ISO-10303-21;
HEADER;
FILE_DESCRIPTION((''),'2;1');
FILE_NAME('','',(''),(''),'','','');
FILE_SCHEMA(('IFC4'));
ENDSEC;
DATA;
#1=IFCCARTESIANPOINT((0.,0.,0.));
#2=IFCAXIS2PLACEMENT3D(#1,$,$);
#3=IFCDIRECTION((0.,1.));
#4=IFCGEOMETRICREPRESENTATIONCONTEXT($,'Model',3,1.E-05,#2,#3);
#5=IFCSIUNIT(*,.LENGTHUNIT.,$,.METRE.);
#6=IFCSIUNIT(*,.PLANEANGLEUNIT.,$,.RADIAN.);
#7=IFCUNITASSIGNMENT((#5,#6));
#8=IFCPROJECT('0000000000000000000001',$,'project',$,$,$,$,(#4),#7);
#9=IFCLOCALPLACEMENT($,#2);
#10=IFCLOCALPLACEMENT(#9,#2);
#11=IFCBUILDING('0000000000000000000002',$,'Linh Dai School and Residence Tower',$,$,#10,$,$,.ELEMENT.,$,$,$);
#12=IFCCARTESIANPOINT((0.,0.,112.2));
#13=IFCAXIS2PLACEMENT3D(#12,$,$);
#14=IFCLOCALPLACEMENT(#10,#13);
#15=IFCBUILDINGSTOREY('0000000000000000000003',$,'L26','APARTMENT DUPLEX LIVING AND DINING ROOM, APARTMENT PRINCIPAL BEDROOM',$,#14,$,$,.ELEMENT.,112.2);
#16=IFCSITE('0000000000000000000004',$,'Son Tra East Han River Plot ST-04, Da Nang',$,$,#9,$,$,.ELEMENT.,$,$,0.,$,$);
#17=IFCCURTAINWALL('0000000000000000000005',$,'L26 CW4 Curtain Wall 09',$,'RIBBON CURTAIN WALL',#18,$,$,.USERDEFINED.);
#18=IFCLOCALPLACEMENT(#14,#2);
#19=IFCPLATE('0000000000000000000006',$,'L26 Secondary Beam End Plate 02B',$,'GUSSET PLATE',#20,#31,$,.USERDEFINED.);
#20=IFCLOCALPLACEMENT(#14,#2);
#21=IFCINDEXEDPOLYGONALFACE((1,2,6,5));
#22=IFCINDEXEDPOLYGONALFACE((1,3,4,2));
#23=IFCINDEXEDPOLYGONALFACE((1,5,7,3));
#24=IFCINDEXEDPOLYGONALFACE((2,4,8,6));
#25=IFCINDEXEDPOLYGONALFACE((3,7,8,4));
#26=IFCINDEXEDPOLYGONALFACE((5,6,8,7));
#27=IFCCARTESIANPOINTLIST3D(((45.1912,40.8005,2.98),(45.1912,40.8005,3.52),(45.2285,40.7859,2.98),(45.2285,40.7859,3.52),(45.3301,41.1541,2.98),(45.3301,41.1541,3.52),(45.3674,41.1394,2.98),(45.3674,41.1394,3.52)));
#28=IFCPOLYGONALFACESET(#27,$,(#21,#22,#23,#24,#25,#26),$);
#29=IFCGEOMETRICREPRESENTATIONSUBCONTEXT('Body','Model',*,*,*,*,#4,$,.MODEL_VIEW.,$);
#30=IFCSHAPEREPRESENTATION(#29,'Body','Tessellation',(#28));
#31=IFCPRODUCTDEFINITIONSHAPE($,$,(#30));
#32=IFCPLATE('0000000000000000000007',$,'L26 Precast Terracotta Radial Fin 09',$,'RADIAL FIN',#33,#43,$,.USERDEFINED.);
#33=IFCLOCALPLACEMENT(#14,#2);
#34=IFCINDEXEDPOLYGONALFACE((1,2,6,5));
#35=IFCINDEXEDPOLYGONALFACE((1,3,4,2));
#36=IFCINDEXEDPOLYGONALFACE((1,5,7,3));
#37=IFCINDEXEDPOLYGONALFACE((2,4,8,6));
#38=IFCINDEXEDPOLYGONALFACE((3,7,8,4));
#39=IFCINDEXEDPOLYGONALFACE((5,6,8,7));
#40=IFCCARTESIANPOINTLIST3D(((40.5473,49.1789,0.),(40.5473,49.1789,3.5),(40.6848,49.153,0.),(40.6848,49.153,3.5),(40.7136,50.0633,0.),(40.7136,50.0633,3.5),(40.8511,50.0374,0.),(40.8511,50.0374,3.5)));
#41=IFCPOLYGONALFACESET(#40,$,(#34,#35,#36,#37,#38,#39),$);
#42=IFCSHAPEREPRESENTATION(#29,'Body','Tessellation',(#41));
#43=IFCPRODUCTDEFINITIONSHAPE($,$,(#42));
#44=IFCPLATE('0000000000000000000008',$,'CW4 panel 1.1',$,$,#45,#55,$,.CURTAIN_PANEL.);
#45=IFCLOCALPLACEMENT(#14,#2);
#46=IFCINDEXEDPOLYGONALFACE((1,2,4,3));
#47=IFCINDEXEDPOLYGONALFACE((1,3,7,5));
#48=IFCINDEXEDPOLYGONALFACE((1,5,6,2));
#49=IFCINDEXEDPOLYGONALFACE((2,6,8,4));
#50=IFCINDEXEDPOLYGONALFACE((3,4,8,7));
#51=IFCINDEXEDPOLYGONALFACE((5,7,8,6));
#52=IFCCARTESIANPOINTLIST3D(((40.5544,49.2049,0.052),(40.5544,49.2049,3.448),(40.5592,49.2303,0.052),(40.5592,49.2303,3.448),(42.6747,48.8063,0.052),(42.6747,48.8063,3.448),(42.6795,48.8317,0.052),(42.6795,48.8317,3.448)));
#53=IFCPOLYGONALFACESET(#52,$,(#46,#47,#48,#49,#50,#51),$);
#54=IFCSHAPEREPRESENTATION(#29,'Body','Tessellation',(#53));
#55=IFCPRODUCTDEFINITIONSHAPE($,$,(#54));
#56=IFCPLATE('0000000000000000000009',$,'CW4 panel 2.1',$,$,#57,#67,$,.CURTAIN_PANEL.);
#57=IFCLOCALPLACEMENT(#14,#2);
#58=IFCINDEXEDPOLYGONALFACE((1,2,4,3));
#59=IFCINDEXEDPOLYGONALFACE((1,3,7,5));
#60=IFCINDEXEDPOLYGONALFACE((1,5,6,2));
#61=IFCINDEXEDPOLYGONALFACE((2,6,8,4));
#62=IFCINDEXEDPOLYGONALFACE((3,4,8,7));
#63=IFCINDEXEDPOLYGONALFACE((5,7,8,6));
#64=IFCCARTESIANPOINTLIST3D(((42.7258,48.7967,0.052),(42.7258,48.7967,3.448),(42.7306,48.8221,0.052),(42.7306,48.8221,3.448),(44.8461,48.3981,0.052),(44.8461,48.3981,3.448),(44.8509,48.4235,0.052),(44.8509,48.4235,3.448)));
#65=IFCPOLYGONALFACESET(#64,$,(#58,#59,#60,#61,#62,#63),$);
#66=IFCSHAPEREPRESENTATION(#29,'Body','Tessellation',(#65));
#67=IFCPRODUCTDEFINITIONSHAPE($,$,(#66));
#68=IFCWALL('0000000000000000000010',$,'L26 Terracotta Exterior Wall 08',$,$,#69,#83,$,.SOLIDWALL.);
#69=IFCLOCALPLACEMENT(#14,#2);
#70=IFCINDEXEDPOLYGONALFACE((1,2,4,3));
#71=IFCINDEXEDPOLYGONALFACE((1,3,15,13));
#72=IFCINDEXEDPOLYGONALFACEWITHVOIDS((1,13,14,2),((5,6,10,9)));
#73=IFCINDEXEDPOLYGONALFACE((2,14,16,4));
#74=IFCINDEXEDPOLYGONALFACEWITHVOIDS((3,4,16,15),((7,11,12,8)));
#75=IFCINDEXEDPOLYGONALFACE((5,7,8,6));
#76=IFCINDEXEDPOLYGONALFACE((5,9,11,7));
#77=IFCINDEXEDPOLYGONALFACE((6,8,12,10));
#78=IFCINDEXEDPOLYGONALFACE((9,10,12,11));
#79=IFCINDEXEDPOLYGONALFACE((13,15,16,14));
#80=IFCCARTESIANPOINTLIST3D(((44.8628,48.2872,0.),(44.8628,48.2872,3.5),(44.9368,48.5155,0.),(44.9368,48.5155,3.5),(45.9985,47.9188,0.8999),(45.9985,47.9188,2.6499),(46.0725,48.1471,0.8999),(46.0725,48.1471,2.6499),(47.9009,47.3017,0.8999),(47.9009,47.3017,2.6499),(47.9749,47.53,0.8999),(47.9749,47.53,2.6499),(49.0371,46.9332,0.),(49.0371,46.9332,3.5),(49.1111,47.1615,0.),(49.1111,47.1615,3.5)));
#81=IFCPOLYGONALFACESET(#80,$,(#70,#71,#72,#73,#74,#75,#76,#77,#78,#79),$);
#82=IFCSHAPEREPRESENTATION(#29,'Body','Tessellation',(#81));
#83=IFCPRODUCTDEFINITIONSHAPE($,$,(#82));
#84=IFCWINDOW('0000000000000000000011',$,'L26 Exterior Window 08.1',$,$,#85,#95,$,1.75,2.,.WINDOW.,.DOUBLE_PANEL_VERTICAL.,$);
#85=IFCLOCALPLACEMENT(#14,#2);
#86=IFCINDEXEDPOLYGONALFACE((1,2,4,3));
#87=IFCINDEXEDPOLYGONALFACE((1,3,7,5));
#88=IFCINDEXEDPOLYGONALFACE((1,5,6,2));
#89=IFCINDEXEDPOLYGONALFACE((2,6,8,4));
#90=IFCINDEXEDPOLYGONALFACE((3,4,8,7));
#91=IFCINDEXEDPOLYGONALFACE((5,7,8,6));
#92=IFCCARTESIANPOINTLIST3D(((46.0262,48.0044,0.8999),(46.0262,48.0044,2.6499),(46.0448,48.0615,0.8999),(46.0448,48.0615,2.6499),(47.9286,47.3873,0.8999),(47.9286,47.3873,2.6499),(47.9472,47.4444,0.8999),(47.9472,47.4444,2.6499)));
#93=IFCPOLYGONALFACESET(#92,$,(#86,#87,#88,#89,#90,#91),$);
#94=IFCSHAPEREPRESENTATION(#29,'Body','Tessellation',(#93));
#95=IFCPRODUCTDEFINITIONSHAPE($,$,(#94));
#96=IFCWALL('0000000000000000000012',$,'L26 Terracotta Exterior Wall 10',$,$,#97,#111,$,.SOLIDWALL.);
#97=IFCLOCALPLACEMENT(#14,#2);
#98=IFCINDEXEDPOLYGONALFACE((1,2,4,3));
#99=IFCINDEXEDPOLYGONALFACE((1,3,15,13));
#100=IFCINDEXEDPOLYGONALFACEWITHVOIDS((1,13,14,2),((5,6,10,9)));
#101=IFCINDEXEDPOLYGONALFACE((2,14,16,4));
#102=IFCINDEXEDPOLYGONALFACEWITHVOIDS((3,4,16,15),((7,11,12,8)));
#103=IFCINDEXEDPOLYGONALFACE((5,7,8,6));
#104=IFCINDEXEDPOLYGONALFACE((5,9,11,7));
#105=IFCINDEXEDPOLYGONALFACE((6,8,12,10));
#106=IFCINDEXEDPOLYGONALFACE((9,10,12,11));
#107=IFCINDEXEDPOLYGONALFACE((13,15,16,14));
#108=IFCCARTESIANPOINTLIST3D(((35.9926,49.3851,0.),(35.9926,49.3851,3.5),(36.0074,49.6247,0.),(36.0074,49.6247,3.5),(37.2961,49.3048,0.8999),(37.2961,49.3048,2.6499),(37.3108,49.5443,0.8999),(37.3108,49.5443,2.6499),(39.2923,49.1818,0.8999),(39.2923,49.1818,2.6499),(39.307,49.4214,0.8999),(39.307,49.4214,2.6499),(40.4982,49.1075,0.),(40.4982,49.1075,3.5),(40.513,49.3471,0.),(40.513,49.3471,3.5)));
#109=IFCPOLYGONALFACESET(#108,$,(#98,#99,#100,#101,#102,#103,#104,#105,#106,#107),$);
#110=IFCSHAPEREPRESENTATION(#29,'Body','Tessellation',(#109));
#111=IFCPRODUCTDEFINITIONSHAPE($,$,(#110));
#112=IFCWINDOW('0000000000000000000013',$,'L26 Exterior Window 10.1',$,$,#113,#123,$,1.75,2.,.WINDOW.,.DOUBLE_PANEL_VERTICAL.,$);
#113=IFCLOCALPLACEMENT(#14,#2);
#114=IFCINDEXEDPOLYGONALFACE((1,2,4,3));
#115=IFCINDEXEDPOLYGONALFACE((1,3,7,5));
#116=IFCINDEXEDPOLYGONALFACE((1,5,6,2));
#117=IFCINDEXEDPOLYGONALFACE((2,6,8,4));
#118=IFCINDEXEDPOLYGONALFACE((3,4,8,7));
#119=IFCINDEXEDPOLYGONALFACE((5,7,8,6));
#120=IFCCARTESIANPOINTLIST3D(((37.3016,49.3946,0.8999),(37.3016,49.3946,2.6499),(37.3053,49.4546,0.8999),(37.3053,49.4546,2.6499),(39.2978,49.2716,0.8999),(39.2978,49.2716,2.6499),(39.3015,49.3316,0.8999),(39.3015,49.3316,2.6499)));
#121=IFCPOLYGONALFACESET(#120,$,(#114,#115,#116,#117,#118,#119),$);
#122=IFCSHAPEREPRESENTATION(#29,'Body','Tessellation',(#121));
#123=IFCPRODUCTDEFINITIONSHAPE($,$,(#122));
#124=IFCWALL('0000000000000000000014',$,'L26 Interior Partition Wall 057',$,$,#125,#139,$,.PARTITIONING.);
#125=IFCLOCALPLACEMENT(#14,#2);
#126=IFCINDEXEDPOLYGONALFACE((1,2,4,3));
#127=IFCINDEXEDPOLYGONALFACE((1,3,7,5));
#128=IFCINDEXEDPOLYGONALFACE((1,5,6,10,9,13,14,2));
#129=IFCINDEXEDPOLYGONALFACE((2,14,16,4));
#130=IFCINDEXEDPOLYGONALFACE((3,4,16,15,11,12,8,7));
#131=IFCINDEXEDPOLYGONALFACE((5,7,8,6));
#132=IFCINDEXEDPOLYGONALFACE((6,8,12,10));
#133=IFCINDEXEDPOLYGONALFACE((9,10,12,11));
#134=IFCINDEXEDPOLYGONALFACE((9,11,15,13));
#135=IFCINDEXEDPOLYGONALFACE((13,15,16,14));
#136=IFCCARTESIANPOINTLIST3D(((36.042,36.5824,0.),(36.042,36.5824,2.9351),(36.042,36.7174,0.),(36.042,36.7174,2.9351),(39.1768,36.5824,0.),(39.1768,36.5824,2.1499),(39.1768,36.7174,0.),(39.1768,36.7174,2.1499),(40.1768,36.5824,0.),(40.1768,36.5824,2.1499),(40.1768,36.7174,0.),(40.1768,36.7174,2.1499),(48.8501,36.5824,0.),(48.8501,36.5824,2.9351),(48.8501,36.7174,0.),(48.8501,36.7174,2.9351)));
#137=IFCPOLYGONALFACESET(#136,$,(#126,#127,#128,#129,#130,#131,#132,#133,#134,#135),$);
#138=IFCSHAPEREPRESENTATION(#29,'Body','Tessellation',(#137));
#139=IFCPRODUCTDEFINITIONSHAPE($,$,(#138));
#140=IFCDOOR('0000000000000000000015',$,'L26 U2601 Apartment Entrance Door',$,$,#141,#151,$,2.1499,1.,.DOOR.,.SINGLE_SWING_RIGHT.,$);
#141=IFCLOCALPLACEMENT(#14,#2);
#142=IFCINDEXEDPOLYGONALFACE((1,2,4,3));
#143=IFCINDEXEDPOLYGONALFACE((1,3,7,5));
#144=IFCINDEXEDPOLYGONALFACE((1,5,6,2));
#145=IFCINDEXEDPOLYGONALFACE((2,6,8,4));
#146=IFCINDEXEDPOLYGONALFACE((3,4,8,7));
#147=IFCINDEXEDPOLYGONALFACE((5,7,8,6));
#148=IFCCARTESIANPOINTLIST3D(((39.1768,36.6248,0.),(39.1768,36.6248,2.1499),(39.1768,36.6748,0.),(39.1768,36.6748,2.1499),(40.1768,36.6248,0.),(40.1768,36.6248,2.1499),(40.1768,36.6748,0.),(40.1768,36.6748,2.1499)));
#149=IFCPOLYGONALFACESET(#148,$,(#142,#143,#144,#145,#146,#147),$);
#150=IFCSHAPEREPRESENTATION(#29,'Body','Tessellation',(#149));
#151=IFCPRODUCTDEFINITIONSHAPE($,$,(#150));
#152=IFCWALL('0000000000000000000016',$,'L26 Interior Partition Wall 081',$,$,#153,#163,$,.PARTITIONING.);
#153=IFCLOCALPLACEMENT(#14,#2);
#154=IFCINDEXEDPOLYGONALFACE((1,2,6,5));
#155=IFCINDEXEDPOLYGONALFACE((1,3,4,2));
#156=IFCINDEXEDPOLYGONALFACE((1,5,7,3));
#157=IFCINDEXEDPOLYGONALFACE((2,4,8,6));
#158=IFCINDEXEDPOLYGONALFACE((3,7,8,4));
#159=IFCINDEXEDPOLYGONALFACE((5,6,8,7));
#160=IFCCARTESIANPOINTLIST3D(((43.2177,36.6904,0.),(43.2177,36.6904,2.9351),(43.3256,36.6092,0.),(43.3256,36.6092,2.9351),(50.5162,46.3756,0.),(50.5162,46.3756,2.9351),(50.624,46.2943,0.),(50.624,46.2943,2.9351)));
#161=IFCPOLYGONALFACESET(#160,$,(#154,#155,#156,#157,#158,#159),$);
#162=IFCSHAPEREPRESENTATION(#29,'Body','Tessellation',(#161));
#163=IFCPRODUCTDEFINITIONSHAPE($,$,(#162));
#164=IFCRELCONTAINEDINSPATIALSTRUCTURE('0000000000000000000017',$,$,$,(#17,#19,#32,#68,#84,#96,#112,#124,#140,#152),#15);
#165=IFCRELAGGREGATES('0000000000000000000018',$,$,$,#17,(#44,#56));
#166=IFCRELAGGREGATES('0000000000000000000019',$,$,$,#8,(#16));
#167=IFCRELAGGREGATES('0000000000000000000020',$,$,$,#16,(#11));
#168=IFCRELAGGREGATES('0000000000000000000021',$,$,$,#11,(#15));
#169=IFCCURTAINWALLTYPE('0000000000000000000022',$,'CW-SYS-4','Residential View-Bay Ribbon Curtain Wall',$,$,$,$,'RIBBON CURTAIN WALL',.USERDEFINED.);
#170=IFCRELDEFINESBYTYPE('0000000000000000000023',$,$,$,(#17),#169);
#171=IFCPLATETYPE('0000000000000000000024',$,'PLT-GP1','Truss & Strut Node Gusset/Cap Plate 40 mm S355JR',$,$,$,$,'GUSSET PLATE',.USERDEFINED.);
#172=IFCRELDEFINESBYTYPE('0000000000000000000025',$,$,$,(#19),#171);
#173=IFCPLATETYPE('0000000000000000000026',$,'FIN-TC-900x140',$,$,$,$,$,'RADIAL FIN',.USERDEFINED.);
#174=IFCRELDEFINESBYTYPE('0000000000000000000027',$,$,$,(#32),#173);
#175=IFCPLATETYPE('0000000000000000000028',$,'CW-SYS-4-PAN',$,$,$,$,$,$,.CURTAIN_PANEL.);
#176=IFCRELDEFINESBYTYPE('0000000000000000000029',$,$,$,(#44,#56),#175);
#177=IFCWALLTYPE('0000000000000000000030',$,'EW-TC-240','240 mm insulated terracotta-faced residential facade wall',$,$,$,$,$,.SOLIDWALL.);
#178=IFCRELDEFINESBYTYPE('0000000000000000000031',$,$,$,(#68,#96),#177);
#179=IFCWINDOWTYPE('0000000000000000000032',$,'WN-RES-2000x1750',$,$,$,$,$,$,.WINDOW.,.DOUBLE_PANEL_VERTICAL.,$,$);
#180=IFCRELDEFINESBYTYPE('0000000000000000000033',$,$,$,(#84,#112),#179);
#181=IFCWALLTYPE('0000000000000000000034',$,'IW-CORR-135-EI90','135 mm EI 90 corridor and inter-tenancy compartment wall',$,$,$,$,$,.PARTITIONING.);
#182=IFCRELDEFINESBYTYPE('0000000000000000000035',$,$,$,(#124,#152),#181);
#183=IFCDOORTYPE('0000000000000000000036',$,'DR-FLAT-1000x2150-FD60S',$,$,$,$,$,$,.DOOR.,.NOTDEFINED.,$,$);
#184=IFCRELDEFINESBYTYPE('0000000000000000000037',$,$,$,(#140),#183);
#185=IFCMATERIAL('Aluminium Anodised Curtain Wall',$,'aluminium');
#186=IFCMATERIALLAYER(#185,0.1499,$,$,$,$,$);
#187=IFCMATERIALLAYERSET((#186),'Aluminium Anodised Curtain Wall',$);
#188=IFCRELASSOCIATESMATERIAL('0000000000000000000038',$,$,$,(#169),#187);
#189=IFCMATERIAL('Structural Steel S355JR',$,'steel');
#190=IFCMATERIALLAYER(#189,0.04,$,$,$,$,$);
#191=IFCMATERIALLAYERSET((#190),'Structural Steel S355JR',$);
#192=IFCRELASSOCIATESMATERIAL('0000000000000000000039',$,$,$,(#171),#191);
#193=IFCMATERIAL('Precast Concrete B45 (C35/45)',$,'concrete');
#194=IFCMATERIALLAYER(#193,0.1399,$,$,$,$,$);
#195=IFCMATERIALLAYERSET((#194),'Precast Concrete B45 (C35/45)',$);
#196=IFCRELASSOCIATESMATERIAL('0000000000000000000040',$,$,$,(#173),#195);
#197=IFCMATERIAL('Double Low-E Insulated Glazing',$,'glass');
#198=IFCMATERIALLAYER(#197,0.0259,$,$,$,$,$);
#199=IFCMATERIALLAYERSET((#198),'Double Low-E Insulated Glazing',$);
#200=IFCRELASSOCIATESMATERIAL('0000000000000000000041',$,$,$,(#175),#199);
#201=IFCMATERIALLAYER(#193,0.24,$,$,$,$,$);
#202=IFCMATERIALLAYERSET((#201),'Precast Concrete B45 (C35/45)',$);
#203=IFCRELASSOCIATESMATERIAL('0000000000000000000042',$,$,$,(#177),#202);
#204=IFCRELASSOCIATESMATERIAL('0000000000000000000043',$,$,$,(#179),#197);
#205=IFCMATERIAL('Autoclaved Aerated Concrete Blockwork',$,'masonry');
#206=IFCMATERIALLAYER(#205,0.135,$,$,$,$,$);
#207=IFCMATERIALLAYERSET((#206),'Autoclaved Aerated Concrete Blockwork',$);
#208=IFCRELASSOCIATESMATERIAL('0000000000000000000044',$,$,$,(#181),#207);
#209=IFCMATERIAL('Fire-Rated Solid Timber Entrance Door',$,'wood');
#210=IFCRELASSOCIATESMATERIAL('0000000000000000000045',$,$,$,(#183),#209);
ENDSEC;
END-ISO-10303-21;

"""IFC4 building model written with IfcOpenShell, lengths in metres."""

from ifc_helpers import new_model, si_unit, direction, frame, frame_2d, origin, origin_2d, place, context, subcontext, project, spatial, rectangle, extrude, source, transform, mapped, material, layer, layer_set, type_object, element, fill, aggregate, save


model = new_model("IFC4")

# Units and contexts
model_context = context("Model", 3, precision=1e-05, world=origin(), true_north=direction((0.0, 1.0)))
body_context = subcontext(model_context, "Body", "Model", "MODEL_VIEW")
ifc_project = project(units=[si_unit("LENGTHUNIT", "METRE"), si_unit("PLANEANGLEUNIT", "RADIAN")], contexts=[model_context])

# Site, building, storey
site_placement = place(None, origin())
site = spatial("IfcSite", under=ifc_project, at=site_placement, Name="Son Tra East Han River Plot ST-04, Da Nang", CompositionType="ELEMENT", RefElevation=0.0)
building_placement = place(site_placement, origin())
building = spatial("IfcBuilding", under=site, at=building_placement, Name="Linh Dai School and Residence Tower", CompositionType="ELEMENT")
storey_placement = place(building_placement, frame((0.0, 0.0, 112.2)))
storey = spatial("IfcBuildingStorey", under=building, at=storey_placement, Name="L26", Description="APARTMENT DUPLEX LIVING AND DINING ROOM, APARTMENT PRINCIPAL BEDROOM", CompositionType="ELEMENT", Elevation=112.2)

# Shared definitions
ifc_material_1 = material(Name="Structural Steel S355JR", Category="steel")

# Curtain wall
ifc_material_2 = material(Name="Aluminium Anodised Curtain Wall", Category="aluminium")
ifc_layer_1 = layer(ifc_material_2, 0.1499)
ifc_layer_set_1 = layer_set([ifc_layer_1], Name="Aluminium Anodised Curtain Wall")
curtain_wall_type = type_object("IfcCurtainWallType", Name="CW-SYS-4", Description="Residential View-Bay Ribbon Curtain Wall", ElementType="RIBBON CURTAIN WALL", PredefinedType="USERDEFINED", material=ifc_layer_set_1)
curtain_wall_placement = place(storey_placement, origin())
curtain_wall = element("IfcCurtainWall", 1, at=curtain_wall_placement, inside=storey, type_object=curtain_wall_type, Name="L26 CW4 Curtain Wall 09", ObjectType="RIBBON CURTAIN WALL", PredefinedType="USERDEFINED")

# Plates
ifc_layer_2 = layer(ifc_material_1, 0.04)
ifc_layer_set_2 = layer_set([ifc_layer_2], Name="Structural Steel S355JR")
plate_type_1 = type_object("IfcPlateType", Name="PLT-GP1", Description="Truss & Strut Node Gusset/Cap Plate 40 mm S355JR", ElementType="GUSSET PLATE", PredefinedType="USERDEFINED", material=ifc_layer_set_2)
shared_shape_1 = source(origin(), body_context, "Body", "SweptSolid", [
    extrude(rectangle(XDim=0.04, YDim=0.3799, at=origin_2d()), origin(), (0.0, 0.0, 1.0), 0.54),
])
plate_1_placement = place(storey_placement, frame((45.2793, 40.97, 2.98), z_axis=(0.0, 0.0, 1.0), x_axis=(-0.930752, 0.36565, 0.0)))
element("IfcPlate", 2, at=plate_1_placement, inside=storey, type_object=plate_type_1, Name="L26 Secondary Beam End Plate 02B", ObjectType="GUSSET PLATE", PredefinedType="USERDEFINED", context=body_context, shape_type="MappedRepresentation", body=[
    mapped(shared_shape_1, transform((0.0, 0.0, 0.0), x_axis=(1.0, 0.0, 0.0), y_axis=(0.0, 1.0, 0.0), z_axis=(0.0, 0.0, 1.0), scale=1.0)),
])
ifc_material_3 = material(Name="Precast Concrete B45 (C35/45)", Category="concrete")
ifc_layer_3 = layer(ifc_material_3, 0.1399)
ifc_layer_set_3 = layer_set([ifc_layer_3], Name="Precast Concrete B45 (C35/45)")
plate_type_2 = type_object("IfcPlateType", Name="FIN-TC-900x140", ElementType="RADIAL FIN", PredefinedType="USERDEFINED", material=ifc_layer_set_3)
shared_shape_2 = source(origin(), body_context, "Body", "SweptSolid", [
    extrude(rectangle(XDim=0.8999, YDim=0.1399, at=origin_2d()), origin(), (0.0, 0.0, 1.0), 3.5),
])
plate_2_placement = place(storey_placement, frame((40.6992, 49.6082, 0.0), z_axis=(0.0, 0.0, 1.0), x_axis=(0.184755, 0.982785, 0.0)))
element("IfcPlate", 3, at=plate_2_placement, inside=storey, type_object=plate_type_2, Name="L26 Precast Terracotta Radial Fin 09", ObjectType="RADIAL FIN", PredefinedType="USERDEFINED", context=body_context, shape_type="MappedRepresentation", body=[
    mapped(shared_shape_2, transform((0.0, 0.0, 0.0), x_axis=(1.0, 0.0, 0.0), y_axis=(0.0, 1.0, 0.0), z_axis=(0.0, 0.0, 1.0), scale=1.0)),
])

# Plates
ifc_material_4 = material(Name="Double Low-E Insulated Glazing", Category="glass")
ifc_layer_4 = layer(ifc_material_4, 0.0259)
ifc_layer_set_4 = layer_set([ifc_layer_4], Name="Double Low-E Insulated Glazing")
plate_type_3 = type_object("IfcPlateType", Name="CW-SYS-4-PAN", PredefinedType="CURTAIN_PANEL", material=ifc_layer_set_4)
shared_shape_3 = source(origin(), body_context, "Body", "SweptSolid", [
    extrude(rectangle(XDim=2.1575, YDim=0.0259, at=origin_2d()), origin(), (0.0, 0.0, 1.0), 3.396),
])
plate_3_placement = place(storey_placement, frame((41.6169, 49.0183, 0.052), z_axis=(0.0, 0.0, 1.0), x_axis=(0.982785, -0.184755, 0.0)))
plate_3 = element("IfcPlate", 4, at=plate_3_placement, type_object=plate_type_3, Name="CW4 panel 1.1", PredefinedType="CURTAIN_PANEL", context=body_context, shape_type="MappedRepresentation", body=[
    mapped(shared_shape_3, transform((0.0, 0.0, 0.0), x_axis=(1.0, 0.0, 0.0), y_axis=(0.0, 1.0, 0.0), z_axis=(0.0, 0.0, 1.0), scale=1.0)),
])
plate_4_placement = place(storey_placement, frame((43.7883, 48.6101, 0.052), z_axis=(0.0, 0.0, 1.0), x_axis=(0.982785, -0.184755, 0.0)))
plate_4 = element("IfcPlate", 5, at=plate_4_placement, type_object=plate_type_3, Name="CW4 panel 2.1", PredefinedType="CURTAIN_PANEL", context=body_context, shape_type="MappedRepresentation", body=[
    mapped(shared_shape_3, transform((0.0, 0.0, 0.0), x_axis=(1.0, 0.0, 0.0), y_axis=(0.0, 1.0, 0.0), z_axis=(0.0, 0.0, 1.0), scale=1.0)),
])
aggregate(curtain_wall, [plate_3, plate_4])

# Walls, openings, windows
ifc_layer_5 = layer(ifc_material_3, 0.24)
ifc_layer_set_5 = layer_set([ifc_layer_5], Name="Precast Concrete B45 (C35/45)")
wall_type_1 = type_object("IfcWallType", Name="EW-TC-240", Description="240 mm insulated terracotta-faced residential facade wall", PredefinedType="SOLIDWALL", material=ifc_layer_set_5)
wall_1_placement = place(storey_placement, frame((44.8997, 48.4014, 0.0), z_axis=(0.0, 0.0, 1.0), x_axis=(0.951211, -0.30854, 0.0)))
wall_1 = element("IfcWall", 6, at=wall_1_placement, inside=storey, type_object=wall_type_1, Name="L26 Terracotta Exterior Wall 08", PredefinedType="SOLIDWALL", context=body_context, shape_type="SweptSolid", body=[
    extrude(rectangle(XDim=4.3884, YDim=0.24, at=frame_2d((2.1943, 0.0))), origin(), (0.0, 0.0, 1.0), 3.5),
])
opening_1_placement = place(wall_1_placement, frame((1.1941, 0.0, 0.8999)))
opening_1 = element("IfcOpeningElement", 7, at=opening_1_placement, cuts=wall_1, PredefinedType="OPENING", context=body_context, shape_type="SweptSolid", body=[
    extrude(rectangle(XDim=2.0, YDim=1.75, at=origin_2d()), frame((1.0, 0.1299, 0.875), z_axis=(0.0, -1.0, 0.0), x_axis=(1.0, 0.0, 0.0)), (0.0, 0.0, 1.0), 0.26),
])
window_type = type_object("IfcWindowType", Name="WN-RES-2000x1750", PartitioningType="DOUBLE_PANEL_VERTICAL", PredefinedType="WINDOW", material=ifc_material_4)
shared_shape_4 = source(origin(), body_context, "Body", "SweptSolid", [
    extrude(rectangle(XDim=2.0, YDim=1.75, at=origin_2d()), frame((1.0, 0.03, 0.875), z_axis=(0.0, -1.0, 0.0), x_axis=(1.0, 0.0, 0.0)), (0.0, 0.0, 1.0), 0.0601),
])
window_1_placement = place(opening_1_placement, origin())
window_1 = element("IfcWindow", 8, at=window_1_placement, inside=storey, type_object=window_type, Name="L26 Exterior Window 08.1", OverallHeight=1.75, OverallWidth=2.0, PartitioningType="DOUBLE_PANEL_VERTICAL", PredefinedType="WINDOW", context=body_context, shape_type="MappedRepresentation", body=[
    mapped(shared_shape_4, transform((0.0, 0.0, 0.0), x_axis=(1.0, 0.0, 0.0), y_axis=(0.0, 1.0, 0.0), z_axis=(0.0, 0.0, 1.0), scale=1.0)),
])
fill(opening_1, window_1)
wall_2_placement = place(storey_placement, frame((36.0, 49.5049, 0.0), z_axis=(0.0, 0.0, 1.0), x_axis=(0.998108, -0.061493, 0.0)))
wall_2 = element("IfcWall", 9, at=wall_2_placement, inside=storey, type_object=wall_type_1, Name="L26 Terracotta Exterior Wall 10", PredefinedType="SOLIDWALL", context=body_context, shape_type="SweptSolid", body=[
    extrude(rectangle(XDim=4.5142, YDim=0.24, at=frame_2d((2.2571, 0.0))), origin(), (0.0, 0.0, 1.0), 3.5),
])
opening_2_placement = place(wall_2_placement, frame((1.3059, 0.0, 0.8999)))
opening_2 = element("IfcOpeningElement", 10, at=opening_2_placement, cuts=wall_2, PredefinedType="OPENING", context=body_context, shape_type="SweptSolid", body=[
    extrude(rectangle(XDim=2.0, YDim=1.75, at=origin_2d()), frame((1.0, 0.1299, 0.875), z_axis=(0.0, -1.0, 0.0), x_axis=(1.0, 0.0, 0.0)), (0.0, 0.0, 1.0), 0.26),
])
window_2_placement = place(opening_2_placement, origin())
window_2 = element("IfcWindow", 11, at=window_2_placement, inside=storey, type_object=window_type, Name="L26 Exterior Window 10.1", OverallHeight=1.75, OverallWidth=2.0, PartitioningType="DOUBLE_PANEL_VERTICAL", PredefinedType="WINDOW", context=body_context, shape_type="MappedRepresentation", body=[
    mapped(shared_shape_4, transform((0.0, 0.0, 0.0), x_axis=(1.0, 0.0, 0.0), y_axis=(0.0, 1.0, 0.0), z_axis=(0.0, 0.0, 1.0), scale=1.0)),
])
fill(opening_2, window_2)

# Wall, opening, door
ifc_material_5 = material(Name="Autoclaved Aerated Concrete Blockwork", Category="masonry")
ifc_layer_6 = layer(ifc_material_5, 0.135)
ifc_layer_set_6 = layer_set([ifc_layer_6], Name="Autoclaved Aerated Concrete Blockwork")
wall_type_2 = type_object("IfcWallType", Name="IW-CORR-135-EI90", Description="135 mm EI 90 corridor and inter-tenancy compartment wall", PredefinedType="PARTITIONING", material=ifc_layer_set_6)
wall_3_placement = place(storey_placement, frame((36.042, 36.6499, 0.0), z_axis=(0.0, 0.0, 1.0), x_axis=(1.0, 0.0, 0.0)))
wall_3 = element("IfcWall", 12, at=wall_3_placement, inside=storey, type_object=wall_type_2, Name="L26 Interior Partition Wall 057", PredefinedType="PARTITIONING", context=body_context, shape_type="SweptSolid", body=[
    extrude(rectangle(XDim=12.8081, YDim=0.135, at=frame_2d((6.4041, 0.0))), origin(), (0.0, 0.0, 1.0), 2.9351),
])
opening_3_placement = place(wall_3_placement, frame((3.1348, 0.0, 0.0)))
opening_3 = element("IfcOpeningElement", 13, at=opening_3_placement, cuts=wall_3, PredefinedType="OPENING", context=body_context, shape_type="SweptSolid", body=[
    extrude(rectangle(XDim=1.0, YDim=2.1499, at=origin_2d()), frame((0.5, 0.0776, 1.075), z_axis=(0.0, -1.0, 0.0), x_axis=(1.0, 0.0, 0.0)), (0.0, 0.0, 1.0), 0.155),
])
ifc_material_6 = material(Name="Fire-Rated Solid Timber Entrance Door", Category="wood")
door_type_1 = type_object("IfcDoorType", Name="DR-FLAT-1000x2150-FD60S", OperationType="NOTDEFINED", PredefinedType="DOOR", material=ifc_material_6)
shared_shape_5 = source(origin(), body_context, "Body", "SweptSolid", [
    extrude(rectangle(XDim=1.0, YDim=2.1499, at=origin_2d()), frame((0.5, 0.0249, 1.075), z_axis=(0.0, -1.0, 0.0), x_axis=(1.0, 0.0, 0.0)), (0.0, 0.0, 1.0), 0.05),
])
door_1_placement = place(opening_3_placement, origin())
door_1 = element("IfcDoor", 14, at=door_1_placement, inside=storey, type_object=door_type_1, Name="L26 U2601 Apartment Entrance Door", OperationType="SINGLE_SWING_RIGHT", OverallHeight=2.1499, OverallWidth=1.0, PredefinedType="DOOR", context=body_context, shape_type="MappedRepresentation", body=[
    mapped(shared_shape_5, transform((0.0, 0.0, 0.0), x_axis=(1.0, 0.0, 0.0), y_axis=(0.0, 1.0, 0.0), z_axis=(0.0, 0.0, 1.0), scale=1.0)),
])
fill(opening_3, door_1)

# Wall
wall_4_placement = place(storey_placement, frame((43.2717, 36.6499, 0.0), z_axis=(0.0, 0.0, 1.0), x_axis=(0.601822, 0.798631, 0.0)))
element("IfcWall", 15, at=wall_4_placement, inside=storey, type_object=wall_type_2, Name="L26 Interior Partition Wall 081", PredefinedType="PARTITIONING", context=body_context, shape_type="SweptSolid", body=[
    extrude(rectangle(XDim=12.1272, YDim=0.135, at=frame_2d((6.0635, 0.0))), origin(), (0.0, 0.0, 1.0), 2.9351),
])

save(model, "model.ifc")
